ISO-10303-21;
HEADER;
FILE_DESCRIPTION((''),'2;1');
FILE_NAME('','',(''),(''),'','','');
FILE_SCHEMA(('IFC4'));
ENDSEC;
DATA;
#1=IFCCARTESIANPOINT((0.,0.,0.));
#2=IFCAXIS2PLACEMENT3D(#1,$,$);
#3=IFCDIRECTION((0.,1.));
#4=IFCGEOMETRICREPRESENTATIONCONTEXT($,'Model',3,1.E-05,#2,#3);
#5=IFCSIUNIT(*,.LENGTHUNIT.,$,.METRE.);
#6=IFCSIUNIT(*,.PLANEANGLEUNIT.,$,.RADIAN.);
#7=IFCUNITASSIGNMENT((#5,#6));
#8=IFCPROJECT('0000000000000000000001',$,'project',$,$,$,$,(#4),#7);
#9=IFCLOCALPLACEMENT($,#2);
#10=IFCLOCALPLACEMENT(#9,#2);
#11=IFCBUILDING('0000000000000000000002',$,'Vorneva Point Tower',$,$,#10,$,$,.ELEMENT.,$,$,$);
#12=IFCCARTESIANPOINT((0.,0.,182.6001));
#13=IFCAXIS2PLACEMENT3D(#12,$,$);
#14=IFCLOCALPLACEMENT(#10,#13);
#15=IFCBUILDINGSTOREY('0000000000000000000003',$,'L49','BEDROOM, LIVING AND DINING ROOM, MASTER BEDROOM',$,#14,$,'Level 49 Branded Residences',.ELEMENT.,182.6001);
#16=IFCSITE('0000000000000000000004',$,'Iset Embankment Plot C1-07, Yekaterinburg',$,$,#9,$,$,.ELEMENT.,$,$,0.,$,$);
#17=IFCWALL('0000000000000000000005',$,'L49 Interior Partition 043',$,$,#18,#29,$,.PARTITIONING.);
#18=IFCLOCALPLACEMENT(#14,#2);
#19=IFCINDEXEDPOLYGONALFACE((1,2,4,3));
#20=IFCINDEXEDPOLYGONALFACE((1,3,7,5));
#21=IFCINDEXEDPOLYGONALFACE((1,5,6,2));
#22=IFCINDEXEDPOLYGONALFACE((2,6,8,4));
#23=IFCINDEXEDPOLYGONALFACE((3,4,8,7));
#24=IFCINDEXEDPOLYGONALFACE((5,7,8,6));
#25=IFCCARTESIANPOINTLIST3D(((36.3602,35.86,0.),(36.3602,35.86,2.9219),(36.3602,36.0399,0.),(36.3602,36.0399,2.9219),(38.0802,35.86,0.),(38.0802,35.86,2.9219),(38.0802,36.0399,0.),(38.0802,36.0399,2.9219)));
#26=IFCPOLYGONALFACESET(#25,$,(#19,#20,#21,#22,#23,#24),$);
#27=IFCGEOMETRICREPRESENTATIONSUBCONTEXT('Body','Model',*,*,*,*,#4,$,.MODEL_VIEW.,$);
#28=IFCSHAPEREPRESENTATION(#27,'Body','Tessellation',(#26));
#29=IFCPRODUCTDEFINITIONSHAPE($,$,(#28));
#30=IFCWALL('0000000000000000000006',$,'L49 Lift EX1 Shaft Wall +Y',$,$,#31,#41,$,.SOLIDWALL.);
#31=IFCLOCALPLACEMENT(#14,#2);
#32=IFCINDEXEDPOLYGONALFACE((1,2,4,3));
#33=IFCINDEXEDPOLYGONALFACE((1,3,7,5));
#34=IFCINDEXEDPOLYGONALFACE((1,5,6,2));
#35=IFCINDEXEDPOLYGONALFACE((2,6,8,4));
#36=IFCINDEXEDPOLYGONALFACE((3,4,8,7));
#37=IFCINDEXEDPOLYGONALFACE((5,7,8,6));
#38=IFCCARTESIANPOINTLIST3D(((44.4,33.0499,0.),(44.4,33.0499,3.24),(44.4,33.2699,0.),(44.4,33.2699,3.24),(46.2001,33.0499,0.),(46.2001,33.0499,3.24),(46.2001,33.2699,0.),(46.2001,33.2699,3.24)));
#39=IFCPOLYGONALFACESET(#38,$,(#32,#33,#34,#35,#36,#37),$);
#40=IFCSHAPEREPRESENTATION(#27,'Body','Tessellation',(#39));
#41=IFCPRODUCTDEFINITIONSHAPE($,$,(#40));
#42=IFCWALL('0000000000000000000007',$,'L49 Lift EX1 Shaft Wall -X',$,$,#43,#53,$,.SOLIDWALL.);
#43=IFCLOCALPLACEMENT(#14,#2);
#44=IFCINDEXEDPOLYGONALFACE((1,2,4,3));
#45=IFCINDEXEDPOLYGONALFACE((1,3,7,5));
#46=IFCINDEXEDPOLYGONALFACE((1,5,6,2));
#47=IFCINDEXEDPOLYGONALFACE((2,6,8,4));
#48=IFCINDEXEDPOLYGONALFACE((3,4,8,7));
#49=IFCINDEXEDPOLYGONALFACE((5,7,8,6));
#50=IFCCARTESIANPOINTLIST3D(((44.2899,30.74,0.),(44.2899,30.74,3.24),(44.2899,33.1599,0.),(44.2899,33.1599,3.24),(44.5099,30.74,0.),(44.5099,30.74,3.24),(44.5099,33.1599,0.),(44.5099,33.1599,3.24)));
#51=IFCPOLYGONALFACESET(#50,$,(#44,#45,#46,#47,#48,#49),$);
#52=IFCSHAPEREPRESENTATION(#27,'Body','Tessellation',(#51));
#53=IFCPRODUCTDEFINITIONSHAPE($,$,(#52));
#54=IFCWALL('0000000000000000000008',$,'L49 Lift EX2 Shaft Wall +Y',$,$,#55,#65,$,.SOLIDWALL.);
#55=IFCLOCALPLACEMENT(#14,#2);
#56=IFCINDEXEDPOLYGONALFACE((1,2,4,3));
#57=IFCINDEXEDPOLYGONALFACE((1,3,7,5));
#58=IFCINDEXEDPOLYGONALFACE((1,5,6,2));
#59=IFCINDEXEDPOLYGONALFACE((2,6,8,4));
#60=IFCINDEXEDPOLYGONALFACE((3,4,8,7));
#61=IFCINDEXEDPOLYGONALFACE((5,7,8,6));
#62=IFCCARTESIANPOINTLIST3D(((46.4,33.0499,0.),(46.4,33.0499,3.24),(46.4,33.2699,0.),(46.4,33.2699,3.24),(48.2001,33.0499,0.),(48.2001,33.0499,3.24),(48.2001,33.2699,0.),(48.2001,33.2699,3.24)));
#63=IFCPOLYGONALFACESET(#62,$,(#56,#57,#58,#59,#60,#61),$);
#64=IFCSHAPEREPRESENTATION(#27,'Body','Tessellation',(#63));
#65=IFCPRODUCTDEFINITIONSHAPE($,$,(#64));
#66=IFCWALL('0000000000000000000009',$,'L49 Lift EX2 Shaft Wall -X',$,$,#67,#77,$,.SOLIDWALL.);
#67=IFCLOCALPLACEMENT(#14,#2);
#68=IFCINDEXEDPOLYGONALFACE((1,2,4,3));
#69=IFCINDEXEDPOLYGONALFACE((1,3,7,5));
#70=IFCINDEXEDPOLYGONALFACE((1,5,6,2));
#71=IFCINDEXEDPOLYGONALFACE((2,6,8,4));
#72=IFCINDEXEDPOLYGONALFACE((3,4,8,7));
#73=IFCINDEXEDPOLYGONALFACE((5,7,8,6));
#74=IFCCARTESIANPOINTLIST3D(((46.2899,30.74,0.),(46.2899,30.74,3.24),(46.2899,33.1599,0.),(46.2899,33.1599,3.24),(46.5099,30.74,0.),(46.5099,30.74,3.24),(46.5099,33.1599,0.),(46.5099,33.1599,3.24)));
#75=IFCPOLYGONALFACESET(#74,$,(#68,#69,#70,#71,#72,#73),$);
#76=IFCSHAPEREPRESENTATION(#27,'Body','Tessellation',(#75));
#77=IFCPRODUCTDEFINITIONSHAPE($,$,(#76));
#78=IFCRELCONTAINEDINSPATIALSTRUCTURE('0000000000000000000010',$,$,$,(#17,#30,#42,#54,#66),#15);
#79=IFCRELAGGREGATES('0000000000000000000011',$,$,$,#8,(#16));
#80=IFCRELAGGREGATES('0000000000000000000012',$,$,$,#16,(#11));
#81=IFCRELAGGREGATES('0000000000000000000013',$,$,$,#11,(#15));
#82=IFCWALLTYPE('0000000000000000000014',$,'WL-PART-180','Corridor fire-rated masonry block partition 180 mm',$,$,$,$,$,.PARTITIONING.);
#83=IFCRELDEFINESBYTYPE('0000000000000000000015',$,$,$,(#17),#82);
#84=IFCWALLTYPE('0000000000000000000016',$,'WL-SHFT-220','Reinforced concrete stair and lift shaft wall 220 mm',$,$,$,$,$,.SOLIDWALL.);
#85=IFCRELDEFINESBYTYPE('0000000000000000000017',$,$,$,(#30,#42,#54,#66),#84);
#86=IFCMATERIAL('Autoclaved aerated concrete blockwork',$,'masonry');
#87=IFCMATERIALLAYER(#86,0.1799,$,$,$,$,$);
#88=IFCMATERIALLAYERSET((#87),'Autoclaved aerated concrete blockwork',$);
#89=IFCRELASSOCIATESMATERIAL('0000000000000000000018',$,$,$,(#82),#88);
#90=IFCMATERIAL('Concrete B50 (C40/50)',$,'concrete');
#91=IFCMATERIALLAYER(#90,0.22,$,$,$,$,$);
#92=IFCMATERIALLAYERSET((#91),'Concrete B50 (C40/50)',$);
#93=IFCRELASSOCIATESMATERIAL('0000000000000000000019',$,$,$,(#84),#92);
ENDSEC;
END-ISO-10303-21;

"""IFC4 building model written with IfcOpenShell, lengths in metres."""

from ifc_helpers import new_model, si_unit, direction, frame, frame_2d, origin, place, context, subcontext, project, spatial, rectangle, extrude, material, layer, layer_set, type_object, element, save


model = new_model("IFC4")

# Units and contexts
model_context = context("Model", 3, precision=1e-05, world=origin(), true_north=direction((0.0, 1.0)))
body_context = subcontext(model_context, "Body", "Model", "MODEL_VIEW")
ifc_project = project(units=[si_unit("LENGTHUNIT", "METRE"), si_unit("PLANEANGLEUNIT", "RADIAN")], contexts=[model_context])

# Site, building, storey
site_placement = place(None, origin())
site = spatial("IfcSite", under=ifc_project, at=site_placement, Name="Iset Embankment Plot C1-07, Yekaterinburg", CompositionType="ELEMENT", RefElevation=0.0)
building_placement = place(site_placement, origin())
building = spatial("IfcBuilding", under=site, at=building_placement, Name="Vorneva Point Tower", CompositionType="ELEMENT")
storey_placement = place(building_placement, frame((0.0, 0.0, 182.6001)))
storey = spatial("IfcBuildingStorey", under=building, at=storey_placement, Name="L49", Description="BEDROOM, LIVING AND DINING ROOM, MASTER BEDROOM", LongName="Level 49 Branded Residences", CompositionType="ELEMENT", Elevation=182.6001)

# Shared definitions
ifc_material_1 = material(Name="Autoclaved aerated concrete blockwork", Category="masonry")
ifc_layer_1 = layer(ifc_material_1, 0.1799)
ifc_layer_set_1 = layer_set([ifc_layer_1], Name="Autoclaved aerated concrete blockwork")
wall_type_1 = type_object("IfcWallType", Name="WL-PART-180", Description="Corridor fire-rated masonry block partition 180 mm", PredefinedType="PARTITIONING", material=ifc_layer_set_1)

# Walls
wall_1_placement = place(storey_placement, frame((38.0801, 35.95, 0.0), z_axis=(0.0, 0.0, 1.0), x_axis=(-1.0, 0.0, 0.0)))
element("IfcWall", 1, at=wall_1_placement, inside=storey, type_object=wall_type_1, Name="L49 Interior Partition 043", PredefinedType="PARTITIONING", context=body_context, shape_type="SweptSolid", body=[
    extrude(rectangle(XDim=1.72, YDim=0.1799, at=frame_2d((0.8599, 0.0))), origin(), (0.0, 0.0, 1.0), 2.9219),
])
ifc_material_2 = material(Name="Concrete B50 (C40/50)", Category="concrete")
ifc_layer_2 = layer(ifc_material_2, 0.22)
ifc_layer_set_2 = layer_set([ifc_layer_2], Name="Concrete B50 (C40/50)")
wall_type_2 = type_object("IfcWallType", Name="WL-SHFT-220", Description="Reinforced concrete stair and lift shaft wall 220 mm", PredefinedType="SOLIDWALL", material=ifc_layer_set_2)
wall_2_placement = place(storey_placement, frame((46.2, 33.1599, 0.0), z_axis=(0.0, 0.0, 1.0), x_axis=(-1.0, 0.0, 0.0)))
element("IfcWall", 2, at=wall_2_placement, inside=storey, type_object=wall_type_2, Name="L49 Lift EX1 Shaft Wall +Y", PredefinedType="SOLIDWALL", context=body_context, shape_type="SweptSolid", body=[
    extrude(rectangle(XDim=1.8, YDim=0.22, at=frame_2d((0.8999, 0.0))), origin(), (0.0, 0.0, 1.0), 3.24),
])
wall_3_placement = place(storey_placement, frame((44.3999, 33.1599, 0.0), z_axis=(0.0, 0.0, 1.0), x_axis=(0.0, -1.0, 0.0)))
element("IfcWall", 3, at=wall_3_placement, inside=storey, type_object=wall_type_2, Name="L49 Lift EX1 Shaft Wall -X", PredefinedType="SOLIDWALL", context=body_context, shape_type="SweptSolid", body=[
    extrude(rectangle(XDim=2.4199, YDim=0.22, at=frame_2d((1.21, 0.0))), origin(), (0.0, 0.0, 1.0), 3.24),
])
wall_4_placement = place(storey_placement, frame((48.2, 33.1599, 0.0), z_axis=(0.0, 0.0, 1.0), x_axis=(-1.0, 0.0, 0.0)))
element("IfcWall", 4, at=wall_4_placement, inside=storey, type_object=wall_type_2, Name="L49 Lift EX2 Shaft Wall +Y", PredefinedType="SOLIDWALL", context=body_context, shape_type="SweptSolid", body=[
    extrude(rectangle(XDim=1.8, YDim=0.22, at=frame_2d((0.8999, 0.0))), origin(), (0.0, 0.0, 1.0), 3.24),
])
wall_5_placement = place(storey_placement, frame((46.3999, 33.1599, 0.0), z_axis=(0.0, 0.0, 1.0), x_axis=(0.0, -1.0, 0.0)))
element("IfcWall", 5, at=wall_5_placement, inside=storey, type_object=wall_type_2, Name="L49 Lift EX2 Shaft Wall -X", PredefinedType="SOLIDWALL", context=body_context, shape_type="SweptSolid", body=[
    extrude(rectangle(XDim=2.4199, YDim=0.22, at=frame_2d((1.21, 0.0))), origin(), (0.0, 0.0, 1.0), 3.24),
])

save(model, "model.ifc")
